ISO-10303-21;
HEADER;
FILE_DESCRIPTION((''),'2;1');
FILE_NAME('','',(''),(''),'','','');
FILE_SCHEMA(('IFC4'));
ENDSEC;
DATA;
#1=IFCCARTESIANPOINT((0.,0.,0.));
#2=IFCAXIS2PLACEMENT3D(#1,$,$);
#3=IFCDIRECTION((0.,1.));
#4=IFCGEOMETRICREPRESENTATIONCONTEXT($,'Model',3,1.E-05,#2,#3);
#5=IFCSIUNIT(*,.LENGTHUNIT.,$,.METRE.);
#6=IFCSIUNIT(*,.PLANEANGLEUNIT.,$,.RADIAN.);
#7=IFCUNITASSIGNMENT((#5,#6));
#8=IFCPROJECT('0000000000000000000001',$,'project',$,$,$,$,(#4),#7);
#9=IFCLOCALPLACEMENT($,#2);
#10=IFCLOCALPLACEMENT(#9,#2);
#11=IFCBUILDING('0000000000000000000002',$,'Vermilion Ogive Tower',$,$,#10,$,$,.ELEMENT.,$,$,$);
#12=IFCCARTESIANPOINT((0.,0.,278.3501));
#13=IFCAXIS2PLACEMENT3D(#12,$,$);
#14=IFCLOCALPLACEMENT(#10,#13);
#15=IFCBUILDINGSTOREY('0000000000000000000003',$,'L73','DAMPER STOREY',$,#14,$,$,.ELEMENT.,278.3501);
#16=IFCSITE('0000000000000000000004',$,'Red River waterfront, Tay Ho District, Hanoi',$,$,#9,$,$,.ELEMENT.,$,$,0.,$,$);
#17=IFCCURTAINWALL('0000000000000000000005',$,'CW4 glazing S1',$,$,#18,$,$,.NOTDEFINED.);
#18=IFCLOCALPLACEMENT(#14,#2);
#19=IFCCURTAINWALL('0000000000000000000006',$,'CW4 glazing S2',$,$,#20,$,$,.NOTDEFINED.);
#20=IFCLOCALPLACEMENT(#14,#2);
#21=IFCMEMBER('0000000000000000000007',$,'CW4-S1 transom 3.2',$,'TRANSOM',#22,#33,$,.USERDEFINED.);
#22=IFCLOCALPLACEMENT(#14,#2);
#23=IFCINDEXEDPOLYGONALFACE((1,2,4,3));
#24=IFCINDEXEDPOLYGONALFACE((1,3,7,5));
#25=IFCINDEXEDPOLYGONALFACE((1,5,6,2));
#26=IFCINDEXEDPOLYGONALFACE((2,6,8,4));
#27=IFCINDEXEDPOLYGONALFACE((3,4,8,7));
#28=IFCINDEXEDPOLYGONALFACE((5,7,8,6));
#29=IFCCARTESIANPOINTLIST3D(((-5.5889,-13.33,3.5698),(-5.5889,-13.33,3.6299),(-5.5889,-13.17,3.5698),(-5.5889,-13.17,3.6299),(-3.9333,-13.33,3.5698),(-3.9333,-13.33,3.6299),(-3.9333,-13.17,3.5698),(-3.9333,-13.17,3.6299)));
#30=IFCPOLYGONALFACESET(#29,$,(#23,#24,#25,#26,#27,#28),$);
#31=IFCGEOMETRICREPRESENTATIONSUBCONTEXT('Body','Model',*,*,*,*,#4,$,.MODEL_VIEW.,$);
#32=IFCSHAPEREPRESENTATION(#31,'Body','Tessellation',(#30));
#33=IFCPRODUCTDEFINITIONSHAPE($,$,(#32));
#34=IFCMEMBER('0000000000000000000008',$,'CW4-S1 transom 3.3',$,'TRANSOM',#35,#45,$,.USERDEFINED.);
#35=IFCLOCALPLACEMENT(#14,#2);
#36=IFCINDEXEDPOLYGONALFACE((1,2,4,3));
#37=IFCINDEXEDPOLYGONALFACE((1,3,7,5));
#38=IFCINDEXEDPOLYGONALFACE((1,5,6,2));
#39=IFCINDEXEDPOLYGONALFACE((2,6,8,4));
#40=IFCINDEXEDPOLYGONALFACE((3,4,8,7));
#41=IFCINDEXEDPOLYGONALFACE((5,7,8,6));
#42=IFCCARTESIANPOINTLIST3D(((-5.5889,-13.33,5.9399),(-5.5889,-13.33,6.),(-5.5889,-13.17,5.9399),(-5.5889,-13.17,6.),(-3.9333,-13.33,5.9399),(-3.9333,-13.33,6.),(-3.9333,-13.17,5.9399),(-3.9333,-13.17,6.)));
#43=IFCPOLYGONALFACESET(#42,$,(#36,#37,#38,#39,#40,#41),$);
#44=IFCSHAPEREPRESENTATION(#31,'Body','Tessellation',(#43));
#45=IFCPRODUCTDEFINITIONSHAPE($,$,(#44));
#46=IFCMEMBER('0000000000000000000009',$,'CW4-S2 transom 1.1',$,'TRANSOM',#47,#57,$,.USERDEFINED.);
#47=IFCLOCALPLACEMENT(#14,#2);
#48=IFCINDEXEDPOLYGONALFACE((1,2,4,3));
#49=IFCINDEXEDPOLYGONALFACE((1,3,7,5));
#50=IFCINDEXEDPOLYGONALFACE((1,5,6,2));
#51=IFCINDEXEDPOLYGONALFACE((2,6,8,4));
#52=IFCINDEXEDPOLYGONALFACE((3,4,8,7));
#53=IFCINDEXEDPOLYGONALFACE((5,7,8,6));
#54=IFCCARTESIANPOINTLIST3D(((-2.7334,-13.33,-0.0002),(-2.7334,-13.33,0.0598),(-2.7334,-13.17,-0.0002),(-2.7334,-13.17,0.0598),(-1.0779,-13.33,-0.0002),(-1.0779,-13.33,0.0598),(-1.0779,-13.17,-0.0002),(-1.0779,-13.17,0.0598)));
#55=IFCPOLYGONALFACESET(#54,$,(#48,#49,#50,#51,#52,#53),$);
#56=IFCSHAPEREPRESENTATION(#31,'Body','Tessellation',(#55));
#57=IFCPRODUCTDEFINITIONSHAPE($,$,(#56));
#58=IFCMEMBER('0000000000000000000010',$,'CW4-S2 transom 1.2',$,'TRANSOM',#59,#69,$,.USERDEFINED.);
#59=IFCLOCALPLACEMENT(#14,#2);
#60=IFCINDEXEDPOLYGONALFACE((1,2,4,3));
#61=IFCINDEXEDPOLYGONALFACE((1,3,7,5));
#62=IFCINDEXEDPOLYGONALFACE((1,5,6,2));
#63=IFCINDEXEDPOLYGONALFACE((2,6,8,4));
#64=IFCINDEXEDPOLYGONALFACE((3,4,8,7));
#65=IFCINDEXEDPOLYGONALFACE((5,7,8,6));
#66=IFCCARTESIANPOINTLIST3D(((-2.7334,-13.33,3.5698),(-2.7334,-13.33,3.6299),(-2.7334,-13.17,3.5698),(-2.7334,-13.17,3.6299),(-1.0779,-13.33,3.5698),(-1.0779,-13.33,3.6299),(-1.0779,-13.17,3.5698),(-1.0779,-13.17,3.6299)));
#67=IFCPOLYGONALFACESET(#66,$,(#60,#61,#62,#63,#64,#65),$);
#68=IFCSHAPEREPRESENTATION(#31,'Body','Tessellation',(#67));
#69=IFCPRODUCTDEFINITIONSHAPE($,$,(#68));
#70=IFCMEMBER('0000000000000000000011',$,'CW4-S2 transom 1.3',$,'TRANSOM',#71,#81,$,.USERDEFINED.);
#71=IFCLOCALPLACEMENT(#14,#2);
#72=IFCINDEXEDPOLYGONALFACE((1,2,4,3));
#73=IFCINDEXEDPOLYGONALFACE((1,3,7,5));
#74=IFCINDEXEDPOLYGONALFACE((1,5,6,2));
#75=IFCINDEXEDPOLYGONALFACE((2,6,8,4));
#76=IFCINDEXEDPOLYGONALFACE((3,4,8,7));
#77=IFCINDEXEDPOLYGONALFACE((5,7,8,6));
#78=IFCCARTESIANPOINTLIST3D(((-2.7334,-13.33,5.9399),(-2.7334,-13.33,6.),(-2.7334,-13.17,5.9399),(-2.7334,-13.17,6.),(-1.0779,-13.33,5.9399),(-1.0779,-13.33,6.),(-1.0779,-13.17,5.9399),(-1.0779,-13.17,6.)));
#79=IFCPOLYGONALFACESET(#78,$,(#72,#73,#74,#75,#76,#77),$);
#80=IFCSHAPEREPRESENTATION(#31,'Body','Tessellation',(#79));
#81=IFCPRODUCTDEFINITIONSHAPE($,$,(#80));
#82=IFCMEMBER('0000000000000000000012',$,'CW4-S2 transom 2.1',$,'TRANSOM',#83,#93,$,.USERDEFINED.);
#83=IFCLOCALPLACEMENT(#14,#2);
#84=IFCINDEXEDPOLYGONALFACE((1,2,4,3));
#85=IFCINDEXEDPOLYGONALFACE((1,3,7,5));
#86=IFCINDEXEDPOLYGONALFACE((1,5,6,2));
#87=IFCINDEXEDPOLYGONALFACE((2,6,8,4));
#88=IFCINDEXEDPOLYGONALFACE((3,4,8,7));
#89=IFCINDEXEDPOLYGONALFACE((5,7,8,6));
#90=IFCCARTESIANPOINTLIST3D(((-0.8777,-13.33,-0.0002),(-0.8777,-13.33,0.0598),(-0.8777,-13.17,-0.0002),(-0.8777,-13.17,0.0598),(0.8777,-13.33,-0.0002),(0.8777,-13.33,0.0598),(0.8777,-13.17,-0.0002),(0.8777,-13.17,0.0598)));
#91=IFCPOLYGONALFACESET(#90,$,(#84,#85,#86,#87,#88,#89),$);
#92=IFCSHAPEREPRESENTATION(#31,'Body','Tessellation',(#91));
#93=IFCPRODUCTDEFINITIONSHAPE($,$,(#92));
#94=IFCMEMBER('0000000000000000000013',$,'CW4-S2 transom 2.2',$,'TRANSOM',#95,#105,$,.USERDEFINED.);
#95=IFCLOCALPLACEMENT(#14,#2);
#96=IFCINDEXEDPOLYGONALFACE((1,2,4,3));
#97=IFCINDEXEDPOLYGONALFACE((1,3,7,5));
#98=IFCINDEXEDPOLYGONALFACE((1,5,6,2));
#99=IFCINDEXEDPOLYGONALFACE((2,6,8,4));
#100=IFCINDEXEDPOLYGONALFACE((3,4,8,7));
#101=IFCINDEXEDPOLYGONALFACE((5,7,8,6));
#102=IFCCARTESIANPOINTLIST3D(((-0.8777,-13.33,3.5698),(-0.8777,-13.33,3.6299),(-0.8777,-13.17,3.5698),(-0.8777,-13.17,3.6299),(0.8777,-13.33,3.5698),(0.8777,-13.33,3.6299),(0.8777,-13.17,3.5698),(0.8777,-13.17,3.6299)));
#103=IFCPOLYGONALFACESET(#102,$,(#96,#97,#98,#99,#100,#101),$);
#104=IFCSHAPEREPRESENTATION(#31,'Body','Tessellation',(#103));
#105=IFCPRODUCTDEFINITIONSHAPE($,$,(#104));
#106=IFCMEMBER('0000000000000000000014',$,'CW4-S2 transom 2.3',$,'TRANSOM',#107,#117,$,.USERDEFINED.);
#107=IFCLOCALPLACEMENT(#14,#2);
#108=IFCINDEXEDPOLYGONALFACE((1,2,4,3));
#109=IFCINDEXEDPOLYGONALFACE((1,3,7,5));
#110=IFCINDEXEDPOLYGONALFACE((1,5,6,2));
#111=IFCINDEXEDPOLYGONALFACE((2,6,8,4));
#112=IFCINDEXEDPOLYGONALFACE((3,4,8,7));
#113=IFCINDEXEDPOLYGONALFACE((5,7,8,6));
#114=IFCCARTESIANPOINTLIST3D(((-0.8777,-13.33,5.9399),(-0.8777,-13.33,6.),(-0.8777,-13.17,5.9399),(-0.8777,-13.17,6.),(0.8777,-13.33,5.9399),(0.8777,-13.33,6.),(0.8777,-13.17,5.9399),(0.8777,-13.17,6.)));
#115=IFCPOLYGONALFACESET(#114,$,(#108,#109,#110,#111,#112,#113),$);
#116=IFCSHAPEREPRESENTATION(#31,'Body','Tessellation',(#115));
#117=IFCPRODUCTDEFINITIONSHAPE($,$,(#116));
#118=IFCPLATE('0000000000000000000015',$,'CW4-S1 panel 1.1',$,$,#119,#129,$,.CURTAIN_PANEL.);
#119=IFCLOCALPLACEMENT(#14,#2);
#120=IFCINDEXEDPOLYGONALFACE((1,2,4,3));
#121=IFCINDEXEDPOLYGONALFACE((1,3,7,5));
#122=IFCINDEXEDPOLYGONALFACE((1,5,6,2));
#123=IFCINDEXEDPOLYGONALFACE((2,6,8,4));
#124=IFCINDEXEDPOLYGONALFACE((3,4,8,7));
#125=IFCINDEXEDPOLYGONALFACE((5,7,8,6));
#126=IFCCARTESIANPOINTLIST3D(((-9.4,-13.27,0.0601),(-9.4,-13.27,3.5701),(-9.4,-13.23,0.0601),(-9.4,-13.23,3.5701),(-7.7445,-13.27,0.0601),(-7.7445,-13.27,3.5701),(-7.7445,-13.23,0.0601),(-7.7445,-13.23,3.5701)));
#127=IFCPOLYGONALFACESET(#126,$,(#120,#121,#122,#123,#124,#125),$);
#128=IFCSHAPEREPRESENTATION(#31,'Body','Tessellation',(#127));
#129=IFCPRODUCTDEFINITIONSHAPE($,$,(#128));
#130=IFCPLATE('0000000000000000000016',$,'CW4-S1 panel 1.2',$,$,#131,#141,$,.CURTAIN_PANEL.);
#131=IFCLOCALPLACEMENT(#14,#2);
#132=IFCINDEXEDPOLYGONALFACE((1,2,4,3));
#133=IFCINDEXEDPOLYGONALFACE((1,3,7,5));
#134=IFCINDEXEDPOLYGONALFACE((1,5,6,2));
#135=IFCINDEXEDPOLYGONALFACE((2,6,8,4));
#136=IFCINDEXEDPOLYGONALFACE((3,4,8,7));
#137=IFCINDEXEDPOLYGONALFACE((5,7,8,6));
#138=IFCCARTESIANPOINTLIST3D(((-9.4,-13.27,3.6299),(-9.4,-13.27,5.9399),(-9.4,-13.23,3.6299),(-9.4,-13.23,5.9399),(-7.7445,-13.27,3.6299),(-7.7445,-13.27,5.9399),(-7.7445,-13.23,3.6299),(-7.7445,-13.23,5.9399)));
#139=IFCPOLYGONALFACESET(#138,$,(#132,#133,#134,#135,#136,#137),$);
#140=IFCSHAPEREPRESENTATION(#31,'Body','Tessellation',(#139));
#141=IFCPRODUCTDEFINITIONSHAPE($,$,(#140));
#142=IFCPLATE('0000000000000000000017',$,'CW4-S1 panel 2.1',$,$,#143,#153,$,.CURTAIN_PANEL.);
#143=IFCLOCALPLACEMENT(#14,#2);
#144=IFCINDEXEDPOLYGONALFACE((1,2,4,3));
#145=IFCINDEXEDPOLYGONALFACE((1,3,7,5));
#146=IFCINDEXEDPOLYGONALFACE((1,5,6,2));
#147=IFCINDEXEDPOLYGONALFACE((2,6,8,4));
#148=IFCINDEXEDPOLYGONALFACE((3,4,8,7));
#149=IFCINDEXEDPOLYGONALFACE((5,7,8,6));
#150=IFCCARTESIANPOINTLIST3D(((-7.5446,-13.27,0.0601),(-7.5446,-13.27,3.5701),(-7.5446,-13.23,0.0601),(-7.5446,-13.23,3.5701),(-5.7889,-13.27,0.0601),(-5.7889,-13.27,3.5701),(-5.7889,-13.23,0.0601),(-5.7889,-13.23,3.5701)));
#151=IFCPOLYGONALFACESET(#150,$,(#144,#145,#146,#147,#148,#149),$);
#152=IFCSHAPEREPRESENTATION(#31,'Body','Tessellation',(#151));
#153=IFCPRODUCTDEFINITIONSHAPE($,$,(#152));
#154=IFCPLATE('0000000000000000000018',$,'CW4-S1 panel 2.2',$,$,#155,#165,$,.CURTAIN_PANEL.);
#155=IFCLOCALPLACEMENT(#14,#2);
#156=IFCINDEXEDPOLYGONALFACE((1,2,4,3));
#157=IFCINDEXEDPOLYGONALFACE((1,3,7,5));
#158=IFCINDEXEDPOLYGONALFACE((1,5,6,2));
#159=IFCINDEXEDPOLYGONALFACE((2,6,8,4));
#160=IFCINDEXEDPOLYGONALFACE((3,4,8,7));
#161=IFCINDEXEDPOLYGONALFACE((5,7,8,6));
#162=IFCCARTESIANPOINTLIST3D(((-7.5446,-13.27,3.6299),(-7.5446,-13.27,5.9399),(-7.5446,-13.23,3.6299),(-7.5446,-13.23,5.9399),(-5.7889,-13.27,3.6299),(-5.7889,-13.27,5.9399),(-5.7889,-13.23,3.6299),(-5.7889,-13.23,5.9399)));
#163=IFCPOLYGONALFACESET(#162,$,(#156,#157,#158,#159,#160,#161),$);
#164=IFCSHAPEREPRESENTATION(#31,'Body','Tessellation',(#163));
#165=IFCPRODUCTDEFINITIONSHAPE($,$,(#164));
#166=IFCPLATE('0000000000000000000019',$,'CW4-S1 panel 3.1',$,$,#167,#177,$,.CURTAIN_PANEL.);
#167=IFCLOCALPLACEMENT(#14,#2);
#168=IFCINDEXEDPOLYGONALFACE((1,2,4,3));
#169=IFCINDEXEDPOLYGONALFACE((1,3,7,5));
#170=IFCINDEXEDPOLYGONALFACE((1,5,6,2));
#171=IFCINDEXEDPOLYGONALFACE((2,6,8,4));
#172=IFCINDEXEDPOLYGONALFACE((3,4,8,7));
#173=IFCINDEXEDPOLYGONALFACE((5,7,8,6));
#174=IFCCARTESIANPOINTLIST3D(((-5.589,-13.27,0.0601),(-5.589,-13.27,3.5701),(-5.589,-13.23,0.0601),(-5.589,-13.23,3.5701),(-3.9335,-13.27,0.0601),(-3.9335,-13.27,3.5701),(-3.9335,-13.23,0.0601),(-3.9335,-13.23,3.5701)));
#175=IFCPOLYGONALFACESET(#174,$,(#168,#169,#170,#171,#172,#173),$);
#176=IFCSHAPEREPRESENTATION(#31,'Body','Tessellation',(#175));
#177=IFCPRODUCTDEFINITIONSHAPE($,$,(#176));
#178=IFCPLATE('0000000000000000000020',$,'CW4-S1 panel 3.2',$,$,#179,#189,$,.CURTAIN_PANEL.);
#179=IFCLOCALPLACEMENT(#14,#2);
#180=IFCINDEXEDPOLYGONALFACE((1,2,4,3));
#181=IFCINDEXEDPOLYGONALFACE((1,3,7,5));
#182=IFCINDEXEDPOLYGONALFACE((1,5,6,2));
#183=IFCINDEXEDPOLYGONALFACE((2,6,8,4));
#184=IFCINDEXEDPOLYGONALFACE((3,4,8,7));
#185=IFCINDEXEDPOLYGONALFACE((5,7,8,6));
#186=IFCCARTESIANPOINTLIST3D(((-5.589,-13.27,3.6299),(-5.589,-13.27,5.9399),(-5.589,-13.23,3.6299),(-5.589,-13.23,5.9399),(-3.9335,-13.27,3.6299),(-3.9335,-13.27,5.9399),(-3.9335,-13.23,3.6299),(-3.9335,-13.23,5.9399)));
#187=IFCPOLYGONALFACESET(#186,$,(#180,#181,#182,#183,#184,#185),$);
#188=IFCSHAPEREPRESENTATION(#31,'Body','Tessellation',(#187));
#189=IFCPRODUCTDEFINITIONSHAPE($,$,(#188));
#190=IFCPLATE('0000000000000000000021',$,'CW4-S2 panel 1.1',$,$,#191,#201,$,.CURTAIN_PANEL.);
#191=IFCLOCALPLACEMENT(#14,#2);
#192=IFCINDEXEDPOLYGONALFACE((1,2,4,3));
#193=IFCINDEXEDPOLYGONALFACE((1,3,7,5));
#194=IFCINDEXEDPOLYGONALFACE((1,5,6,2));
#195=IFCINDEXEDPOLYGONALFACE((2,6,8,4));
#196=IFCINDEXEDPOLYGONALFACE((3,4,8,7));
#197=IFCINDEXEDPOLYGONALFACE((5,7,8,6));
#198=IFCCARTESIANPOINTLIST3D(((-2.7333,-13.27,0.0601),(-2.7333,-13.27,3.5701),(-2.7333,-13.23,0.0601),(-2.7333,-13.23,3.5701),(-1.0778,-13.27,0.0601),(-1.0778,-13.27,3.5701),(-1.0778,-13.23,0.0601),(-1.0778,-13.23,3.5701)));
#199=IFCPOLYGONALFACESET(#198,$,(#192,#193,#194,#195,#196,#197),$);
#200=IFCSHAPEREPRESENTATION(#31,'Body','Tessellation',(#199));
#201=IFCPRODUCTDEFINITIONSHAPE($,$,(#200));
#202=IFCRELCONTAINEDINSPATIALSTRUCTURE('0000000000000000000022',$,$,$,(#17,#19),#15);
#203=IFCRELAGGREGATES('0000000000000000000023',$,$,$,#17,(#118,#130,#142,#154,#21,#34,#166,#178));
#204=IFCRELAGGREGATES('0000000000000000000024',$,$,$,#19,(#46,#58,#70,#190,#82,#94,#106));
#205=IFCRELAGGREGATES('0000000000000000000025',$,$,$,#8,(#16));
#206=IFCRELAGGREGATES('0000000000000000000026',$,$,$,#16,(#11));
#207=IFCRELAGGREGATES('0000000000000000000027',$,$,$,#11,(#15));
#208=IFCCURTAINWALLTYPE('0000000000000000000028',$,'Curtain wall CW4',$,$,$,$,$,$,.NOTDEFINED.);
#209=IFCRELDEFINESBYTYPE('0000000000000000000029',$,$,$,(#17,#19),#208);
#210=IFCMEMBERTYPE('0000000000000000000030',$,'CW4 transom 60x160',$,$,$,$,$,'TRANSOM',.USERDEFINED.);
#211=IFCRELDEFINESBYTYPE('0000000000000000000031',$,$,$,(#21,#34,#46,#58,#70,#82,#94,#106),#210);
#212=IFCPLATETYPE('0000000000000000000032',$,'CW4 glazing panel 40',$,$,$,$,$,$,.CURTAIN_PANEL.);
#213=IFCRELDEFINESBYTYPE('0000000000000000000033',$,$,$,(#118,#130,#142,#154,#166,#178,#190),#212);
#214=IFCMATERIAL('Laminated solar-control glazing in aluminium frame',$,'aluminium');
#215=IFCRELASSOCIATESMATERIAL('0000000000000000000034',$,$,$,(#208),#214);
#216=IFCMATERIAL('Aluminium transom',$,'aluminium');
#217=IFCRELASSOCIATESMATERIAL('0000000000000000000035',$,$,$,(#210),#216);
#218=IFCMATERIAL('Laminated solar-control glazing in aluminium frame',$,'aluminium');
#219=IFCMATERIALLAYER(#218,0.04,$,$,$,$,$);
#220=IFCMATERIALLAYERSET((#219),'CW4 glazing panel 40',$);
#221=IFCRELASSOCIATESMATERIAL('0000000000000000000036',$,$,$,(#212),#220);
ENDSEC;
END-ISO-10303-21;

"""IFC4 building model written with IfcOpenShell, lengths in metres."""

from ifc_helpers import new_model, si_unit, direction, frame, origin, origin_2d, place, context, subcontext, project, spatial, rectangle, extrude, material, layer, layer_set, material_profile, profile_set, type_object, element, aggregate, save


model = new_model("IFC4")

# Units and contexts
model_context = context("Model", 3, precision=1e-05, world=origin(), true_north=direction((0.0, 1.0)))
body_context = subcontext(model_context, "Body", "Model", "MODEL_VIEW")
ifc_project = project(units=[si_unit("LENGTHUNIT", "METRE"), si_unit("PLANEANGLEUNIT", "RADIAN")], contexts=[model_context])

# Site, building, storey
site_placement = place(None, origin())
site = spatial("IfcSite", under=ifc_project, at=site_placement, Name="Red River waterfront, Tay Ho District, Hanoi", CompositionType="ELEMENT", RefElevation=0.0)
building_placement = place(site_placement, origin())
building = spatial("IfcBuilding", under=site, at=building_placement, Name="Vermilion Ogive Tower", CompositionType="ELEMENT")
storey_placement = place(building_placement, frame((0.0, 0.0, 278.3501)))
storey = spatial("IfcBuildingStorey", under=building, at=storey_placement, Name="L73", Description="DAMPER STOREY", CompositionType="ELEMENT", Elevation=278.3501)

# Curtain walls
ifc_material_1 = material(Name="Laminated solar-control glazing in aluminium frame", Category="aluminium")
curtain_wall_type = type_object("IfcCurtainWallType", Name="Curtain wall CW4", PredefinedType="NOTDEFINED", material=ifc_material_1)
curtain_wall_1_placement = place(storey_placement, origin())
curtain_wall_1 = element("IfcCurtainWall", 1, at=curtain_wall_1_placement, inside=storey, type_object=curtain_wall_type, Name="CW4 glazing S1", PredefinedType="NOTDEFINED")
curtain_wall_2_placement = place(storey_placement, origin())
curtain_wall_2 = element("IfcCurtainWall", 2, at=curtain_wall_2_placement, inside=storey, type_object=curtain_wall_type, Name="CW4 glazing S2", PredefinedType="NOTDEFINED")

# Members
ifc_material_2 = material(Name="Aluminium transom", Category="aluminium")
ifc_material_profile_1 = material_profile(ifc_material_2, rectangle(XDim=0.1599, YDim=0.0601, at=origin_2d()), Name="AL 60x160")
ifc_profile_set_1 = profile_set([ifc_material_profile_1], Name="Aluminium transom")
member_type_1 = type_object("IfcMemberType", Name="CW4 transom 60x160", ElementType="TRANSOM", PredefinedType="USERDEFINED", material=ifc_profile_set_1)
member_1_placement = place(storey_placement, frame((-5.5889, -13.25, 3.5999), z_axis=(1.0, 0.0, 0.0), x_axis=(0.0, 1.0, 0.0)))
member_1 = element("IfcMember", 3, at=member_1_placement, type_object=member_type_1, Name="CW4-S1 transom 3.2", ObjectType="TRANSOM", PredefinedType="USERDEFINED", context=body_context, shape_type="SweptSolid", body=[
    extrude(rectangle(XDim=0.1599, YDim=0.0601, at=origin_2d()), origin(), (0.0, 0.0, 1.0), 1.6555),
])
member_2_placement = place(storey_placement, frame((-5.5889, -13.25, 5.97), z_axis=(1.0, 0.0, 0.0), x_axis=(0.0, 1.0, 0.0)))
member_2 = element("IfcMember", 4, at=member_2_placement, type_object=member_type_1, Name="CW4-S1 transom 3.3", ObjectType="TRANSOM", PredefinedType="USERDEFINED", context=body_context, shape_type="SweptSolid", body=[
    extrude(rectangle(XDim=0.1599, YDim=0.0601, at=origin_2d()), origin(), (0.0, 0.0, 1.0), 1.6555),
])
member_3_placement = place(storey_placement, frame((-2.7334, -13.25, 0.0298), z_axis=(1.0, 0.0, 0.0), x_axis=(0.0, 1.0, 0.0)))
member_3 = element("IfcMember", 5, at=member_3_placement, type_object=member_type_1, Name="CW4-S2 transom 1.1", ObjectType="TRANSOM", PredefinedType="USERDEFINED", context=body_context, shape_type="SweptSolid", body=[
    extrude(rectangle(XDim=0.1599, YDim=0.0601, at=origin_2d()), origin(), (0.0, 0.0, 1.0), 1.6555),
])
member_4_placement = place(storey_placement, frame((-2.7334, -13.25, 3.5999), z_axis=(1.0, 0.0, 0.0), x_axis=(0.0, 1.0, 0.0)))
member_4 = element("IfcMember", 6, at=member_4_placement, type_object=member_type_1, Name="CW4-S2 transom 1.2", ObjectType="TRANSOM", PredefinedType="USERDEFINED", context=body_context, shape_type="SweptSolid", body=[
    extrude(rectangle(XDim=0.1599, YDim=0.0601, at=origin_2d()), origin(), (0.0, 0.0, 1.0), 1.6555),
])
member_5_placement = place(storey_placement, frame((-2.7334, -13.25, 5.97), z_axis=(1.0, 0.0, 0.0), x_axis=(0.0, 1.0, 0.0)))
member_5 = element("IfcMember", 7, at=member_5_placement, type_object=member_type_1, Name="CW4-S2 transom 1.3", ObjectType="TRANSOM", PredefinedType="USERDEFINED", context=body_context, shape_type="SweptSolid", body=[
    extrude(rectangle(XDim=0.1599, YDim=0.0601, at=origin_2d()), origin(), (0.0, 0.0, 1.0), 1.6555),
])
member_6_placement = place(storey_placement, frame((-0.8777, -13.25, 0.0298), z_axis=(1.0, 0.0, 0.0), x_axis=(0.0, 1.0, 0.0)))
member_6 = element("IfcMember", 8, at=member_6_placement, type_object=member_type_1, Name="CW4-S2 transom 2.1", ObjectType="TRANSOM", PredefinedType="USERDEFINED", context=body_context, shape_type="SweptSolid", body=[
    extrude(rectangle(XDim=0.1599, YDim=0.0601, at=origin_2d()), origin(), (0.0, 0.0, 1.0), 1.7554),
])
member_7_placement = place(storey_placement, frame((-0.8777, -13.25, 3.5999), z_axis=(1.0, 0.0, 0.0), x_axis=(0.0, 1.0, 0.0)))
member_7 = element("IfcMember", 9, at=member_7_placement, type_object=member_type_1, Name="CW4-S2 transom 2.2", ObjectType="TRANSOM", PredefinedType="USERDEFINED", context=body_context, shape_type="SweptSolid", body=[
    extrude(rectangle(XDim=0.1599, YDim=0.0601, at=origin_2d()), origin(), (0.0, 0.0, 1.0), 1.7554),
])
member_8_placement = place(storey_placement, frame((-0.8777, -13.25, 5.97), z_axis=(1.0, 0.0, 0.0), x_axis=(0.0, 1.0, 0.0)))
member_8 = element("IfcMember", 10, at=member_8_placement, type_object=member_type_1, Name="CW4-S2 transom 2.3", ObjectType="TRANSOM", PredefinedType="USERDEFINED", context=body_context, shape_type="SweptSolid", body=[
    extrude(rectangle(XDim=0.1599, YDim=0.0601, at=origin_2d()), origin(), (0.0, 0.0, 1.0), 1.7554),
])

# Plates
ifc_material_3 = material(Name="Laminated solar-control glazing in aluminium frame", Category="aluminium")
ifc_layer_1 = layer(ifc_material_3, 0.04)
ifc_layer_set_1 = layer_set([ifc_layer_1], Name="CW4 glazing panel 40")
plate_type = type_object("IfcPlateType", Name="CW4 glazing panel 40", PredefinedType="CURTAIN_PANEL", material=ifc_layer_set_1)
plate_1_placement = place(storey_placement, frame((-8.5723, -13.25, 0.0601), z_axis=(0.0, 0.0, 1.0), x_axis=(1.0, 0.0, 0.0)))
plate_1 = element("IfcPlate", 11, at=plate_1_placement, type_object=plate_type, Name="CW4-S1 panel 1.1", PredefinedType="CURTAIN_PANEL", context=body_context, shape_type="SweptSolid", body=[
    extrude(rectangle(XDim=1.6555, YDim=0.04, at=origin_2d()), origin(), (0.0, 0.0, 1.0), 3.51),
])
plate_2_placement = place(storey_placement, frame((-8.5723, -13.25, 3.6299), z_axis=(0.0, 0.0, 1.0), x_axis=(1.0, 0.0, 0.0)))
plate_2 = element("IfcPlate", 12, at=plate_2_placement, type_object=plate_type, Name="CW4-S1 panel 1.2", PredefinedType="CURTAIN_PANEL", context=body_context, shape_type="SweptSolid", body=[
    extrude(rectangle(XDim=1.6555, YDim=0.04, at=origin_2d()), origin(), (0.0, 0.0, 1.0), 2.3101),
])
plate_3_placement = place(storey_placement, frame((-6.6667, -13.25, 0.0601), z_axis=(0.0, 0.0, 1.0), x_axis=(1.0, 0.0, 0.0)))
plate_3 = element("IfcPlate", 13, at=plate_3_placement, type_object=plate_type, Name="CW4-S1 panel 2.1", PredefinedType="CURTAIN_PANEL", context=body_context, shape_type="SweptSolid", body=[
    extrude(rectangle(XDim=1.7556, YDim=0.04, at=origin_2d()), origin(), (0.0, 0.0, 1.0), 3.51),
])
plate_4_placement = place(storey_placement, frame((-6.6667, -13.25, 3.6299), z_axis=(0.0, 0.0, 1.0), x_axis=(1.0, 0.0, 0.0)))
plate_4 = element("IfcPlate", 14, at=plate_4_placement, type_object=plate_type, Name="CW4-S1 panel 2.2", PredefinedType="CURTAIN_PANEL", context=body_context, shape_type="SweptSolid", body=[
    extrude(rectangle(XDim=1.7556, YDim=0.04, at=origin_2d()), origin(), (0.0, 0.0, 1.0), 2.3101),
])
plate_5_placement = place(storey_placement, frame((-4.7612, -13.25, 0.0601), z_axis=(0.0, 0.0, 1.0), x_axis=(1.0, 0.0, 0.0)))
plate_5 = element("IfcPlate", 15, at=plate_5_placement, type_object=plate_type, Name="CW4-S1 panel 3.1", PredefinedType="CURTAIN_PANEL", context=body_context, shape_type="SweptSolid", body=[
    extrude(rectangle(XDim=1.6555, YDim=0.04, at=origin_2d()), origin(), (0.0, 0.0, 1.0), 3.51),
])
plate_6_placement = place(storey_placement, frame((-4.7612, -13.25, 3.6299), z_axis=(0.0, 0.0, 1.0), x_axis=(1.0, 0.0, 0.0)))
plate_6 = element("IfcPlate", 16, at=plate_6_placement, type_object=plate_type, Name="CW4-S1 panel 3.2", PredefinedType="CURTAIN_PANEL", context=body_context, shape_type="SweptSolid", body=[
    extrude(rectangle(XDim=1.6555, YDim=0.04, at=origin_2d()), origin(), (0.0, 0.0, 1.0), 2.3101),
])
aggregate(curtain_wall_1, [plate_1, plate_2, plate_3, plate_4, member_1, member_2, plate_5, plate_6])
plate_7_placement = place(storey_placement, frame((-1.9055, -13.25, 0.0601), z_axis=(0.0, 0.0, 1.0), x_axis=(1.0, 0.0, 0.0)))
plate_7 = element("IfcPlate", 17, at=plate_7_placement, type_object=plate_type, Name="CW4-S2 panel 1.1", PredefinedType="CURTAIN_PANEL", context=body_context, shape_type="SweptSolid", body=[
    extrude(rectangle(XDim=1.6555, YDim=0.04, at=origin_2d()), origin(), (0.0, 0.0, 1.0), 3.51),
])
aggregate(curtain_wall_2, [member_3, member_4, member_5, plate_7, member_6, member_7, member_8])

save(model, "model.ifc")
